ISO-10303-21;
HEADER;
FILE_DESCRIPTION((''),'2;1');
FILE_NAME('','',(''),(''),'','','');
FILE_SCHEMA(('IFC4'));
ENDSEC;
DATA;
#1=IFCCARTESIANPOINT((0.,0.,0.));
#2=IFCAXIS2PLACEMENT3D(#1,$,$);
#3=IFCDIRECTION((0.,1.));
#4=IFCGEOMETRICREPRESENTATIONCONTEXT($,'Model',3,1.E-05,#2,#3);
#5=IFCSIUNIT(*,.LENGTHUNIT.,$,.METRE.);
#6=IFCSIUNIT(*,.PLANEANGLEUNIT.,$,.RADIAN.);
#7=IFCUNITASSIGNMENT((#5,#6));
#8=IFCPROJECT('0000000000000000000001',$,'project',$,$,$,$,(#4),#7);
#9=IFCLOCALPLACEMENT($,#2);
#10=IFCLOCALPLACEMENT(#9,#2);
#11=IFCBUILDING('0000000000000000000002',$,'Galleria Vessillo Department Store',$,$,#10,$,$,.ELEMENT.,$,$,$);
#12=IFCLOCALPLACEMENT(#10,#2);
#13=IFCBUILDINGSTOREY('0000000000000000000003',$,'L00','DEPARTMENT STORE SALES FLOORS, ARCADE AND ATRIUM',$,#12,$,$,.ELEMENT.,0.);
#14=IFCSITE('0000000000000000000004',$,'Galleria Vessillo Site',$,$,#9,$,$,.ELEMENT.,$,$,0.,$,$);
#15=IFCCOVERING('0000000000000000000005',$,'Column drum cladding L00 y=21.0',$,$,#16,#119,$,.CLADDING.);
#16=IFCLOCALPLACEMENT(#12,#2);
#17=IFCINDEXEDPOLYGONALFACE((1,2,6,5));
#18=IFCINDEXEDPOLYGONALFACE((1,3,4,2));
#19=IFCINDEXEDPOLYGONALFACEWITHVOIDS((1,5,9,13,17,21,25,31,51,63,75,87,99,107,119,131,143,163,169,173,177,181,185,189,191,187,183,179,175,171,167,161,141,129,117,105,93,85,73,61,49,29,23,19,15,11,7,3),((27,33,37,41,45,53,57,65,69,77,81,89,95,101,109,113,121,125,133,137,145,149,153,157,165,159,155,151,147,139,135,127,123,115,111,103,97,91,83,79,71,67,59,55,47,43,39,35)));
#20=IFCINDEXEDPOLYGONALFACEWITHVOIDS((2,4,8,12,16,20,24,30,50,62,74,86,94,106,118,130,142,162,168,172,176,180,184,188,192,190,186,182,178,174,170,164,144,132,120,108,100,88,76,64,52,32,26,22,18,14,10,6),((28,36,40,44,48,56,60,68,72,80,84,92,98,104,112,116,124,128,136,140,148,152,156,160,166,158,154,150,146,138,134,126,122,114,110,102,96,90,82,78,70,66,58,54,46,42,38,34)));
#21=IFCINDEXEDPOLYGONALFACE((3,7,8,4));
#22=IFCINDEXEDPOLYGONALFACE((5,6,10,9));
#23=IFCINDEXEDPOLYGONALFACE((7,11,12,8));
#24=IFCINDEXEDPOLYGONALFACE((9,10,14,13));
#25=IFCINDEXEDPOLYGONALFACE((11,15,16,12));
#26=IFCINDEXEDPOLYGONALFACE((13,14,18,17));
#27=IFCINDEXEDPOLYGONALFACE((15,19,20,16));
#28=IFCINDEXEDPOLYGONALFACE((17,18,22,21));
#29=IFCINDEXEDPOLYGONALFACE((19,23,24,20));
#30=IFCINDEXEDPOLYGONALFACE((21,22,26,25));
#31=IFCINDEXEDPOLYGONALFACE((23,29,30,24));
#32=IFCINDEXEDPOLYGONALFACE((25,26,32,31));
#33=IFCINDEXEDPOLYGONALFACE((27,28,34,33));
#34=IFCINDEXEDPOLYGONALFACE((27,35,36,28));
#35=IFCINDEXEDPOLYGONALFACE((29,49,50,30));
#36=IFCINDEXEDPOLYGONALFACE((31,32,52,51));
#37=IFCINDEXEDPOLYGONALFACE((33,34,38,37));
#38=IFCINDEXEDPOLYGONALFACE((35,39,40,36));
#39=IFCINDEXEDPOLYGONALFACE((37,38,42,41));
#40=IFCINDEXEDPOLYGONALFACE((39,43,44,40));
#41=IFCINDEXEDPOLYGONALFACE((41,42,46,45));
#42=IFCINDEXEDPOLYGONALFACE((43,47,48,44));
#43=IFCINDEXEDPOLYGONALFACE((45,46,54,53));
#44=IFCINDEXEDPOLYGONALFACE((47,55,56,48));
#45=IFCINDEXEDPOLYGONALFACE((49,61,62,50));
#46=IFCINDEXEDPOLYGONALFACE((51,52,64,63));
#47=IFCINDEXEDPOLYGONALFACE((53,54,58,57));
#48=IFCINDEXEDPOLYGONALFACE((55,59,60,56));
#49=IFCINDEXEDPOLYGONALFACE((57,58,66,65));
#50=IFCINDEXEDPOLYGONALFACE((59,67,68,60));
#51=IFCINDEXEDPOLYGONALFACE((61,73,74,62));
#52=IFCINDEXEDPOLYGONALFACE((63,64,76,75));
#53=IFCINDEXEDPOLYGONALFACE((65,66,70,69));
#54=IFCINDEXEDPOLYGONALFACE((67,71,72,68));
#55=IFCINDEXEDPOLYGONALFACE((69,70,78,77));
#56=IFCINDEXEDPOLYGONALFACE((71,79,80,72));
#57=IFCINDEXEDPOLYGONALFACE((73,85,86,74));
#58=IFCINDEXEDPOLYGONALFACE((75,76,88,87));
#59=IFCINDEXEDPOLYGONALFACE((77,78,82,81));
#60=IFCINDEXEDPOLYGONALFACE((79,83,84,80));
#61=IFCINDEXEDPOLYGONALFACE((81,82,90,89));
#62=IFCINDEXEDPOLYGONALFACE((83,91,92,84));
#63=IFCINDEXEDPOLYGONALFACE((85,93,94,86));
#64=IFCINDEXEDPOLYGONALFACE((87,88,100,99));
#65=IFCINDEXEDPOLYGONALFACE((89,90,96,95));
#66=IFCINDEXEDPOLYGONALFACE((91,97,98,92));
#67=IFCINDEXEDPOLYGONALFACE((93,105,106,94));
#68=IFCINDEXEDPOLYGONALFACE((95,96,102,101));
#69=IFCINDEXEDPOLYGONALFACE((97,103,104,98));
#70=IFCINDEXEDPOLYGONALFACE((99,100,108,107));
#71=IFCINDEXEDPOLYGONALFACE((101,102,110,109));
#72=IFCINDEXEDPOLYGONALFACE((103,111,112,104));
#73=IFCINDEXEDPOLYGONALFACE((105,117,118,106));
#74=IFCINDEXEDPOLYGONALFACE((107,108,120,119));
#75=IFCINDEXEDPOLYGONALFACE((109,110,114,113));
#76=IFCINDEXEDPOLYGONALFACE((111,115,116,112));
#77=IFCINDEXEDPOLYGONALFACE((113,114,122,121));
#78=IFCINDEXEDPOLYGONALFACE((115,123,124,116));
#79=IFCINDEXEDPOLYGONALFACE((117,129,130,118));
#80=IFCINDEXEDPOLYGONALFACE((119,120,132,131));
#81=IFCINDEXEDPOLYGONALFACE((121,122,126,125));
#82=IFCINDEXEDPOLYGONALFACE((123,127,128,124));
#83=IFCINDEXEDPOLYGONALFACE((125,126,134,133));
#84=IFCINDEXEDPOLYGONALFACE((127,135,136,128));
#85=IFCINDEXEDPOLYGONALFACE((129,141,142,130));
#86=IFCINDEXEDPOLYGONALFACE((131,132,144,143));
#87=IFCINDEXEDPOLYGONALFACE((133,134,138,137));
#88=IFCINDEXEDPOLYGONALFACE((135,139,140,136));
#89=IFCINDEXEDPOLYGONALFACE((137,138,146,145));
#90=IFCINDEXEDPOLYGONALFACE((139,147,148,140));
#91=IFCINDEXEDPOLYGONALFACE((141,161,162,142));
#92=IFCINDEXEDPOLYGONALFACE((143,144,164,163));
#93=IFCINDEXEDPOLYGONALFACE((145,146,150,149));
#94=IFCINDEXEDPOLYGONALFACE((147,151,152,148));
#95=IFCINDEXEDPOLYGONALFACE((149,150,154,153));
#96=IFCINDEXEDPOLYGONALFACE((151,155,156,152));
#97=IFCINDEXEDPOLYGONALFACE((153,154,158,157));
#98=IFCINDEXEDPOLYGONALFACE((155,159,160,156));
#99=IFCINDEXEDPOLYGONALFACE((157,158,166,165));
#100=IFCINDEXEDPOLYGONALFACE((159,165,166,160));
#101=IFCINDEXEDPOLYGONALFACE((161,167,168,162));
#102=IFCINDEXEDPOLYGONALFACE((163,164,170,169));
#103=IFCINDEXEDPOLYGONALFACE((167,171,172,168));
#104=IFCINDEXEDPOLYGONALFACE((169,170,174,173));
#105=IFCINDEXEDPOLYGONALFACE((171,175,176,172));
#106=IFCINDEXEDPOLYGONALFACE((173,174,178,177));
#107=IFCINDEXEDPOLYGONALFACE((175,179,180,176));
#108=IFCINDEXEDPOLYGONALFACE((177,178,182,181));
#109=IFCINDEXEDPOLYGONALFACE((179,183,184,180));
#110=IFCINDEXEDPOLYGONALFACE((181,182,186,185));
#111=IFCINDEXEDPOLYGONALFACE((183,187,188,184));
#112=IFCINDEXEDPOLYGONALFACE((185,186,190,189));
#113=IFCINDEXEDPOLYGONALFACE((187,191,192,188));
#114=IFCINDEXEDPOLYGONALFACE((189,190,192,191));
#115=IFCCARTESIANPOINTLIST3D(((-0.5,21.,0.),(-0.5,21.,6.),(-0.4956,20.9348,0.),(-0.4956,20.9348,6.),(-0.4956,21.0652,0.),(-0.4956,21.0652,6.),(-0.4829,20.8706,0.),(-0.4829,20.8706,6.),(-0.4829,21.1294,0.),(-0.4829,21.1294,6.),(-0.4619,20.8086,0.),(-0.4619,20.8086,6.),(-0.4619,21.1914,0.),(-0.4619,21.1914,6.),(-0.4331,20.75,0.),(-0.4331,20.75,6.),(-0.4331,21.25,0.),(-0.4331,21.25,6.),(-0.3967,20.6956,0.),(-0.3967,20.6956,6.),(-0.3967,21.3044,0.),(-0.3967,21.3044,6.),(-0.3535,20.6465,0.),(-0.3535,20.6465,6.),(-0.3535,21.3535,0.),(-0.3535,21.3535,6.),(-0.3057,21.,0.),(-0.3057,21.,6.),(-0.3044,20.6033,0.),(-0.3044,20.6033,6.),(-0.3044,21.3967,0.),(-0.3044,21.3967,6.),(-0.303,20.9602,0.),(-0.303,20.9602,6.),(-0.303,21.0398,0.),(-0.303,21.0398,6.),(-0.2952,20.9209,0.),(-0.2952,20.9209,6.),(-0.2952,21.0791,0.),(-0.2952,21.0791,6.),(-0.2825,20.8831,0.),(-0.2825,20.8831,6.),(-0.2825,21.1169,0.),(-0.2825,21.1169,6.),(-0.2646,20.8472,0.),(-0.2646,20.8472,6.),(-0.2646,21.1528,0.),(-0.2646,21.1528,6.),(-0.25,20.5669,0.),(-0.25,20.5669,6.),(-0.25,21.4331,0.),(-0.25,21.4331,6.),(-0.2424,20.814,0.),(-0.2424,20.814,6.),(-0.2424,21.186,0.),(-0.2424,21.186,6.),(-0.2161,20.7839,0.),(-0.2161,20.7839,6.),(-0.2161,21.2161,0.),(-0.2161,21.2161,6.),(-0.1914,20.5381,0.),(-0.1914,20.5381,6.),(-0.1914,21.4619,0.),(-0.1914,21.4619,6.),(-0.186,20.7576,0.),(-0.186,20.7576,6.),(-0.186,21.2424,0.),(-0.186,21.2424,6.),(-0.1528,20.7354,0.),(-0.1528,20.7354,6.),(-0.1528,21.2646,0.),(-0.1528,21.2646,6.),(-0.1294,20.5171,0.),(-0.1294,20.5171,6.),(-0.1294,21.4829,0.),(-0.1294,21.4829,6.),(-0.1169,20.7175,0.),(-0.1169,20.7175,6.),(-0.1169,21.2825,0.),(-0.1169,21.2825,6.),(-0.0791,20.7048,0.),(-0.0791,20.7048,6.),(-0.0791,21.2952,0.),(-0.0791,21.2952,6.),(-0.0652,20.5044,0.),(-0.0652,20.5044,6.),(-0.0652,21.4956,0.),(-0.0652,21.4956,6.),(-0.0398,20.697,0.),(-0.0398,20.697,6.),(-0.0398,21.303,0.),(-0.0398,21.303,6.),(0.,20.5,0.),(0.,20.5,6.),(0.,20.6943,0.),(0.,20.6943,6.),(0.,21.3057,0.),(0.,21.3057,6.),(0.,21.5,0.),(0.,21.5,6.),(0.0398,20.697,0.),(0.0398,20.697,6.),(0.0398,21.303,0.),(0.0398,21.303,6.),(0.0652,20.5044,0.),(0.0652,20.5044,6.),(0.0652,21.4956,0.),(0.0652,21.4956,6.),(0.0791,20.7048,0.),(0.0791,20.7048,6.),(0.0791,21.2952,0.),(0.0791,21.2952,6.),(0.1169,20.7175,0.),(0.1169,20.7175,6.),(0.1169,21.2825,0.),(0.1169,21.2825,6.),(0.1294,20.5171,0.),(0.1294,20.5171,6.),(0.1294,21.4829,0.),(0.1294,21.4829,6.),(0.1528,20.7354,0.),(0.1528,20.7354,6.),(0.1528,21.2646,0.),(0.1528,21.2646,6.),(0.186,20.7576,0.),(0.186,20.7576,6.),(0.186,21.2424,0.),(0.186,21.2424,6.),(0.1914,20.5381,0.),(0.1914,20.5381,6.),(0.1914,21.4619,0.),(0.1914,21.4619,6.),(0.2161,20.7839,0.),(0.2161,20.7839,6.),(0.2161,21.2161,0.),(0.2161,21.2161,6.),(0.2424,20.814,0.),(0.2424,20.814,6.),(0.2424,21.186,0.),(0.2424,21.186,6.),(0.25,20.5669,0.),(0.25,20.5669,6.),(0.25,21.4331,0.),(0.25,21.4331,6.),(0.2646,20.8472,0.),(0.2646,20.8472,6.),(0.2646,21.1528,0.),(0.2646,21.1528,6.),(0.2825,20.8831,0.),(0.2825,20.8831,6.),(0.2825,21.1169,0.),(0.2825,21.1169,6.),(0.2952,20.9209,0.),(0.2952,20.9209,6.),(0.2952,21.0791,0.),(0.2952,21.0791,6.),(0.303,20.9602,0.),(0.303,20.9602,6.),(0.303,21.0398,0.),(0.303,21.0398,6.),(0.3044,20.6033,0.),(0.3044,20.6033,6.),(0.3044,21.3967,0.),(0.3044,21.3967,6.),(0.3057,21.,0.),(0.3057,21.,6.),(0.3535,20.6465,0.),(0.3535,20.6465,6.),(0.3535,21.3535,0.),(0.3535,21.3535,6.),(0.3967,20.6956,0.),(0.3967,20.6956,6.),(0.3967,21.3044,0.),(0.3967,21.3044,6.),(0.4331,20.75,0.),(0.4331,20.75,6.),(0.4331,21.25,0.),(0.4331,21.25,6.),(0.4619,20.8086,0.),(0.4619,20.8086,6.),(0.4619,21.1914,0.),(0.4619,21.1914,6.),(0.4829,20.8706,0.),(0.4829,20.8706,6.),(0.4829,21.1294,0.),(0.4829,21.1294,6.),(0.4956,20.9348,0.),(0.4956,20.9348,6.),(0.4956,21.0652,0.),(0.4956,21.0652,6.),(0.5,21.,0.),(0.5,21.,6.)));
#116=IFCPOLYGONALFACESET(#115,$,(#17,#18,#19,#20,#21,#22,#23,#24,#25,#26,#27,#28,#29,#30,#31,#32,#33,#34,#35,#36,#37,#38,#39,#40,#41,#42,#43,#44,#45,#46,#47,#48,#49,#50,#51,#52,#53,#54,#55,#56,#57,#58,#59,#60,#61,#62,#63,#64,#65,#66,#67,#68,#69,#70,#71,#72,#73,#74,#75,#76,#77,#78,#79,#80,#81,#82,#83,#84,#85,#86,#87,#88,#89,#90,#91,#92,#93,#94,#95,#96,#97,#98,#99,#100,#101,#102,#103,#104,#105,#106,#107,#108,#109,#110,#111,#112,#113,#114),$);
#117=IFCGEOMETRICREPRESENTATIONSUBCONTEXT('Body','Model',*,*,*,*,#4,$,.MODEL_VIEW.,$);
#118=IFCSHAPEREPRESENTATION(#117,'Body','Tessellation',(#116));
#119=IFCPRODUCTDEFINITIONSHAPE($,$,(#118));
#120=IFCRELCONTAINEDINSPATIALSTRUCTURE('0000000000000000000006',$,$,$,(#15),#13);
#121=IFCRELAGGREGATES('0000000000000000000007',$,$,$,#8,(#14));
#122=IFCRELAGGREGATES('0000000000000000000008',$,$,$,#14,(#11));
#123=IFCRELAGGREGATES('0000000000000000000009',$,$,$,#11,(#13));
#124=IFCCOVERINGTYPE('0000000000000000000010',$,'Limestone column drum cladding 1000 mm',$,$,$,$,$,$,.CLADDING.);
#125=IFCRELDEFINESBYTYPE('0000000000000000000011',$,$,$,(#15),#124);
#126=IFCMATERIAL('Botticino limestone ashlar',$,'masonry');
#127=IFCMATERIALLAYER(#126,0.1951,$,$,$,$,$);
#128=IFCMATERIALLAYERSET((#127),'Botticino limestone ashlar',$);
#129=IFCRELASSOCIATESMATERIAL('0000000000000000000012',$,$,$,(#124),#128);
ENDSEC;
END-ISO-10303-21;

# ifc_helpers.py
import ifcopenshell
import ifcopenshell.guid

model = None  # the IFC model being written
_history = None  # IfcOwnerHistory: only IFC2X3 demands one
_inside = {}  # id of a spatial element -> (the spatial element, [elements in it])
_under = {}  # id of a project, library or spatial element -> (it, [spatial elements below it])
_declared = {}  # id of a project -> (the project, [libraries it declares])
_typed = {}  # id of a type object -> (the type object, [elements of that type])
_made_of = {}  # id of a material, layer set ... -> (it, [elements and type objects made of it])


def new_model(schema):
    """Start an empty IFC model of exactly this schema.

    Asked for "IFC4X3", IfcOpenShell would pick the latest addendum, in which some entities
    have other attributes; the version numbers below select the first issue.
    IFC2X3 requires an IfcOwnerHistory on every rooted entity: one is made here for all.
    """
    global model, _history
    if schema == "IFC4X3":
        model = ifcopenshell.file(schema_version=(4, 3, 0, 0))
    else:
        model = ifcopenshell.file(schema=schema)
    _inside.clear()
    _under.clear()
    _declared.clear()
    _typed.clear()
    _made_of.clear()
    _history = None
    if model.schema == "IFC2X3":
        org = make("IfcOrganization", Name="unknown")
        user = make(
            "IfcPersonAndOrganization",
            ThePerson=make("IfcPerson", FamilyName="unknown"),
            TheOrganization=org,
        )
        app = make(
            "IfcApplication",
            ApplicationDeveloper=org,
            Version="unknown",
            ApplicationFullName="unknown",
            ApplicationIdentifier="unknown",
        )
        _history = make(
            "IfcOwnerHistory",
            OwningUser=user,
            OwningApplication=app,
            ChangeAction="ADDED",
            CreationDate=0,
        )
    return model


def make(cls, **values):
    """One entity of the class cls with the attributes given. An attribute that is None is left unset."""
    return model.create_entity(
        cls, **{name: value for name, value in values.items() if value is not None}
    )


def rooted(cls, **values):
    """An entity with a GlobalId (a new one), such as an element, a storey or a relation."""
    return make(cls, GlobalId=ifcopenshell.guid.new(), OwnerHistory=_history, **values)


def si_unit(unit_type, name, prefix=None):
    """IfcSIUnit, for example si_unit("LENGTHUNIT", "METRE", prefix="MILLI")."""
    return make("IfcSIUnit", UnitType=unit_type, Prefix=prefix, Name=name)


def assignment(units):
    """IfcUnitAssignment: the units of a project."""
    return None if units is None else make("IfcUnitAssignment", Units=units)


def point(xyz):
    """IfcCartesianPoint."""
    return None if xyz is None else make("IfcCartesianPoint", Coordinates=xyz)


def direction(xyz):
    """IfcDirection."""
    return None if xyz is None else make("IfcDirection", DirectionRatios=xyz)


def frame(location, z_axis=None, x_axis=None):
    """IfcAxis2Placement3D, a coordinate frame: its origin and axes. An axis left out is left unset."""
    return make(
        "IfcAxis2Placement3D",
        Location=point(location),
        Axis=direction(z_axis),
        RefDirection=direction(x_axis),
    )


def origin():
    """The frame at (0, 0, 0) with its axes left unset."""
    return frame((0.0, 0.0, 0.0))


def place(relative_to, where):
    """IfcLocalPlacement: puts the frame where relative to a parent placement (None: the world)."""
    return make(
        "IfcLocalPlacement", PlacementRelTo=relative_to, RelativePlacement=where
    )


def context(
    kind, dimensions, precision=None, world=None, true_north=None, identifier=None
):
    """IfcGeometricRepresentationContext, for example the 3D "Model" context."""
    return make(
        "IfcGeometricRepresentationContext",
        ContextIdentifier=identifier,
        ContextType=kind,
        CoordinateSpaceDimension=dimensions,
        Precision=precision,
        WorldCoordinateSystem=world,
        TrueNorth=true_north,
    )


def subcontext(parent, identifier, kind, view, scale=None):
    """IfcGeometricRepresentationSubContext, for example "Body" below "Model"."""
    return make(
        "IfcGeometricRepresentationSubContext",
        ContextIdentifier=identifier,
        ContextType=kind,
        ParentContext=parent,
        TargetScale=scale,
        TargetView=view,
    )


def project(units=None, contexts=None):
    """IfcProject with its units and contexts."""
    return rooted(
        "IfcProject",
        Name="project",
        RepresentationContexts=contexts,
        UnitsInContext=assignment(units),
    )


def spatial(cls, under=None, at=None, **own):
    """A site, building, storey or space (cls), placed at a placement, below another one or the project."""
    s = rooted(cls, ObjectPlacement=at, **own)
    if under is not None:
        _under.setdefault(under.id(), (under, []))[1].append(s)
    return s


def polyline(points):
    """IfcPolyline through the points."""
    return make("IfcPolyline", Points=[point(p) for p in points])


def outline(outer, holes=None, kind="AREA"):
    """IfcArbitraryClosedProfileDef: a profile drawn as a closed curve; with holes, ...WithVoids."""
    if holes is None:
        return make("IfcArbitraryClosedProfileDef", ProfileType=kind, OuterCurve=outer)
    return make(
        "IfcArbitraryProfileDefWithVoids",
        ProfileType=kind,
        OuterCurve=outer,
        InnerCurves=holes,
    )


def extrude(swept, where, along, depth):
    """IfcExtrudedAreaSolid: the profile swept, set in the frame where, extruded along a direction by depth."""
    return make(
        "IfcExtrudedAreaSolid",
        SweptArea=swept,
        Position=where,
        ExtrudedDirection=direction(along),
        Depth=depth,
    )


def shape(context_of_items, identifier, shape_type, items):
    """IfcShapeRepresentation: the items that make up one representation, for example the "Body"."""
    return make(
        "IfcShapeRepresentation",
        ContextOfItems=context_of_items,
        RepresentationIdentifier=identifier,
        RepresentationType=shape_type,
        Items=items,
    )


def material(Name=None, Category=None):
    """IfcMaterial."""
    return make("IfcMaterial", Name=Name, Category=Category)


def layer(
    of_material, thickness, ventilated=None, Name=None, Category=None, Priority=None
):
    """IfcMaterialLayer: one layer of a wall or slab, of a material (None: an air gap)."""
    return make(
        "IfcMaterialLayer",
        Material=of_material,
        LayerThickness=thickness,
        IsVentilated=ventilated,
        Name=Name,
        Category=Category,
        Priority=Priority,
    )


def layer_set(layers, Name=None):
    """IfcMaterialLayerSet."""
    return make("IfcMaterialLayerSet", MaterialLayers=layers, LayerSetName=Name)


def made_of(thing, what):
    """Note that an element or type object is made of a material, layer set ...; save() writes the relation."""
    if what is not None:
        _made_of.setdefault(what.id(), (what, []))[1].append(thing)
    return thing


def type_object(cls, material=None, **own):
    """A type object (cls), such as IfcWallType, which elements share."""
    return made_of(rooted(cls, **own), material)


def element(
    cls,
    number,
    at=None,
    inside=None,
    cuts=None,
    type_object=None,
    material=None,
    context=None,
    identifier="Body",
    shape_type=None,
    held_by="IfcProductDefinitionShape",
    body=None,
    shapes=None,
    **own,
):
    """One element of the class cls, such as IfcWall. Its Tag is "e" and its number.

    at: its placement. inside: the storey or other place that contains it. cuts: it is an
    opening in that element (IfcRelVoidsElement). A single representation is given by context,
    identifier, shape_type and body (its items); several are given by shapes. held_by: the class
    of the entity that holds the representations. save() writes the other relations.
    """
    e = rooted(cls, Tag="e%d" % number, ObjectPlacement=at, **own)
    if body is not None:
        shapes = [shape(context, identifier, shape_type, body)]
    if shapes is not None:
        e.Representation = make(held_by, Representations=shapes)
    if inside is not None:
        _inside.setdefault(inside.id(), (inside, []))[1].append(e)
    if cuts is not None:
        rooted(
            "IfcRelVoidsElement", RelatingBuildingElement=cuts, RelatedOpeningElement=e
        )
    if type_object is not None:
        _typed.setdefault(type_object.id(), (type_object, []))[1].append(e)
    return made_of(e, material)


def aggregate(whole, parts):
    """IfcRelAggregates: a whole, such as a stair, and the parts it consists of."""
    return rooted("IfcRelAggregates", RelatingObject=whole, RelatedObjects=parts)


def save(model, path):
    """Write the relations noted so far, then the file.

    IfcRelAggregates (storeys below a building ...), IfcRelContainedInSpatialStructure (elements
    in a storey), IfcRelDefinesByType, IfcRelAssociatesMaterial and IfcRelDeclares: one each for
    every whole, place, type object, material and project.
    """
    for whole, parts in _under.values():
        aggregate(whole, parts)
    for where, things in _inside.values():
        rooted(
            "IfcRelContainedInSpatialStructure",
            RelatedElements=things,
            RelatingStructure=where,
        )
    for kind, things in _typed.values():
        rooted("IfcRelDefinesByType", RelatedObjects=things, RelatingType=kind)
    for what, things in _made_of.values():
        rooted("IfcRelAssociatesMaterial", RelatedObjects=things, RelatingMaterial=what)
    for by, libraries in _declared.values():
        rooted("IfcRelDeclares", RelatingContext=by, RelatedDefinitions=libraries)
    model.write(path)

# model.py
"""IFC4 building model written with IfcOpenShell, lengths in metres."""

from ifc_helpers import new_model, si_unit, direction, origin, place, context, subcontext, project, spatial, polyline, outline, extrude, material, layer, layer_set, type_object, element, save


model = new_model("IFC4")

# Units and contexts
model_context = context("Model", 3, precision=1e-05, world=origin(), true_north=direction((0.0, 1.0)))
body_context = subcontext(model_context, "Body", "Model", "MODEL_VIEW")
ifc_project = project(units=[si_unit("LENGTHUNIT", "METRE"), si_unit("PLANEANGLEUNIT", "RADIAN")], contexts=[model_context])

# Site, building, storey
site_placement = place(None, origin())
site = spatial("IfcSite", under=ifc_project, at=site_placement, Name="Galleria Vessillo Site", CompositionType="ELEMENT", RefElevation=0.0)
building_placement = place(site_placement, origin())
building = spatial("IfcBuilding", under=site, at=building_placement, Name="Galleria Vessillo Department Store", CompositionType="ELEMENT")
storey_placement = place(building_placement, origin())
storey = spatial("IfcBuildingStorey", under=building, at=storey_placement, Name="L00", Description="DEPARTMENT STORE SALES FLOORS, ARCADE AND ATRIUM", CompositionType="ELEMENT", Elevation=0.0)

# Covering
ifc_material_1 = material(Name="Botticino limestone ashlar", Category="masonry")
ifc_layer_1 = layer(ifc_material_1, 0.1951)
ifc_layer_set_1 = layer_set([ifc_layer_1], Name="Botticino limestone ashlar")
covering_type = type_object("IfcCoveringType", Name="Limestone column drum cladding 1000 mm", PredefinedType="CLADDING", material=ifc_layer_set_1)
covering_1_placement = place(storey_placement, origin())
element("IfcCovering", 1, at=covering_1_placement, inside=storey, type_object=covering_type, Name="Column drum cladding L00 y=21.0", PredefinedType="CLADDING", context=body_context, shape_type="SweptSolid", body=[
    extrude(outline(polyline([(0.5, 21.0), (0.4956, 21.0652), (0.4829, 21.1294), (0.4619, 21.1914), (0.4331, 21.25), (0.3967, 21.3044), (0.3535, 21.3535), (0.3044, 21.3967), (0.25, 21.4331), (0.1914, 21.4619), (0.1294, 21.4829), (0.0652, 21.4956), (0.0, 21.5), (-0.0652, 21.4956), (-0.1294, 21.4829), (-0.1914, 21.4619), (-0.25, 21.4331), (-0.3044, 21.3967), (-0.3535, 21.3535), (-0.3967, 21.3044), (-0.4331, 21.25), (-0.4619, 21.1914), (-0.4829, 21.1294), (-0.4956, 21.0652), (-0.5, 21.0), (-0.4956, 20.9348), (-0.4829, 20.8706), (-0.4619, 20.8086), (-0.4331, 20.75), (-0.3967, 20.6956), (-0.3535, 20.6465), (-0.3044, 20.6033), (-0.25, 20.5669), (-0.1914, 20.5381), (-0.1294, 20.5171), (-0.0652, 20.5044), (0.0, 20.5), (0.0652, 20.5044), (0.1294, 20.5171), (0.1914, 20.5381), (0.25, 20.5669), (0.3044, 20.6033), (0.3535, 20.6465), (0.3967, 20.6956), (0.4331, 20.75), (0.4619, 20.8086), (0.4829, 20.8706), (0.4956, 20.9348), (0.5, 21.0)]), holes=[polyline([(0.3057, 21.0), (0.303, 21.0398), (0.2952, 21.0791), (0.2825, 21.1169), (0.2646, 21.1528), (0.2424, 21.186), (0.2161, 21.2161), (0.186, 21.2424), (0.1528, 21.2646), (0.1169, 21.2825), (0.0791, 21.2952), (0.0398, 21.303), (0.0, 21.3057), (-0.0398, 21.303), (-0.0791, 21.2952), (-0.1169, 21.2825), (-0.1528, 21.2646), (-0.186, 21.2424), (-0.2161, 21.2161), (-0.2424, 21.186), (-0.2646, 21.1528), (-0.2825, 21.1169), (-0.2952, 21.0791), (-0.303, 21.0398), (-0.3057, 21.0), (-0.303, 20.9602), (-0.2952, 20.9209), (-0.2825, 20.8831), (-0.2646, 20.8472), (-0.2424, 20.814), (-0.2161, 20.7839), (-0.186, 20.7576), (-0.1528, 20.7354), (-0.1169, 20.7175), (-0.0791, 20.7048), (-0.0398, 20.697), (0.0, 20.6943), (0.0398, 20.697), (0.0791, 20.7048), (0.1169, 20.7175), (0.1528, 20.7354), (0.186, 20.7576), (0.2161, 20.7839), (0.2424, 20.814), (0.2646, 20.8472), (0.2825, 20.8831), (0.2952, 20.9209), (0.303, 20.9602), (0.3057, 21.0)])]), origin(), (0.0, 0.0, 1.0), 6.0),
])

save(model, "model.ifc")
